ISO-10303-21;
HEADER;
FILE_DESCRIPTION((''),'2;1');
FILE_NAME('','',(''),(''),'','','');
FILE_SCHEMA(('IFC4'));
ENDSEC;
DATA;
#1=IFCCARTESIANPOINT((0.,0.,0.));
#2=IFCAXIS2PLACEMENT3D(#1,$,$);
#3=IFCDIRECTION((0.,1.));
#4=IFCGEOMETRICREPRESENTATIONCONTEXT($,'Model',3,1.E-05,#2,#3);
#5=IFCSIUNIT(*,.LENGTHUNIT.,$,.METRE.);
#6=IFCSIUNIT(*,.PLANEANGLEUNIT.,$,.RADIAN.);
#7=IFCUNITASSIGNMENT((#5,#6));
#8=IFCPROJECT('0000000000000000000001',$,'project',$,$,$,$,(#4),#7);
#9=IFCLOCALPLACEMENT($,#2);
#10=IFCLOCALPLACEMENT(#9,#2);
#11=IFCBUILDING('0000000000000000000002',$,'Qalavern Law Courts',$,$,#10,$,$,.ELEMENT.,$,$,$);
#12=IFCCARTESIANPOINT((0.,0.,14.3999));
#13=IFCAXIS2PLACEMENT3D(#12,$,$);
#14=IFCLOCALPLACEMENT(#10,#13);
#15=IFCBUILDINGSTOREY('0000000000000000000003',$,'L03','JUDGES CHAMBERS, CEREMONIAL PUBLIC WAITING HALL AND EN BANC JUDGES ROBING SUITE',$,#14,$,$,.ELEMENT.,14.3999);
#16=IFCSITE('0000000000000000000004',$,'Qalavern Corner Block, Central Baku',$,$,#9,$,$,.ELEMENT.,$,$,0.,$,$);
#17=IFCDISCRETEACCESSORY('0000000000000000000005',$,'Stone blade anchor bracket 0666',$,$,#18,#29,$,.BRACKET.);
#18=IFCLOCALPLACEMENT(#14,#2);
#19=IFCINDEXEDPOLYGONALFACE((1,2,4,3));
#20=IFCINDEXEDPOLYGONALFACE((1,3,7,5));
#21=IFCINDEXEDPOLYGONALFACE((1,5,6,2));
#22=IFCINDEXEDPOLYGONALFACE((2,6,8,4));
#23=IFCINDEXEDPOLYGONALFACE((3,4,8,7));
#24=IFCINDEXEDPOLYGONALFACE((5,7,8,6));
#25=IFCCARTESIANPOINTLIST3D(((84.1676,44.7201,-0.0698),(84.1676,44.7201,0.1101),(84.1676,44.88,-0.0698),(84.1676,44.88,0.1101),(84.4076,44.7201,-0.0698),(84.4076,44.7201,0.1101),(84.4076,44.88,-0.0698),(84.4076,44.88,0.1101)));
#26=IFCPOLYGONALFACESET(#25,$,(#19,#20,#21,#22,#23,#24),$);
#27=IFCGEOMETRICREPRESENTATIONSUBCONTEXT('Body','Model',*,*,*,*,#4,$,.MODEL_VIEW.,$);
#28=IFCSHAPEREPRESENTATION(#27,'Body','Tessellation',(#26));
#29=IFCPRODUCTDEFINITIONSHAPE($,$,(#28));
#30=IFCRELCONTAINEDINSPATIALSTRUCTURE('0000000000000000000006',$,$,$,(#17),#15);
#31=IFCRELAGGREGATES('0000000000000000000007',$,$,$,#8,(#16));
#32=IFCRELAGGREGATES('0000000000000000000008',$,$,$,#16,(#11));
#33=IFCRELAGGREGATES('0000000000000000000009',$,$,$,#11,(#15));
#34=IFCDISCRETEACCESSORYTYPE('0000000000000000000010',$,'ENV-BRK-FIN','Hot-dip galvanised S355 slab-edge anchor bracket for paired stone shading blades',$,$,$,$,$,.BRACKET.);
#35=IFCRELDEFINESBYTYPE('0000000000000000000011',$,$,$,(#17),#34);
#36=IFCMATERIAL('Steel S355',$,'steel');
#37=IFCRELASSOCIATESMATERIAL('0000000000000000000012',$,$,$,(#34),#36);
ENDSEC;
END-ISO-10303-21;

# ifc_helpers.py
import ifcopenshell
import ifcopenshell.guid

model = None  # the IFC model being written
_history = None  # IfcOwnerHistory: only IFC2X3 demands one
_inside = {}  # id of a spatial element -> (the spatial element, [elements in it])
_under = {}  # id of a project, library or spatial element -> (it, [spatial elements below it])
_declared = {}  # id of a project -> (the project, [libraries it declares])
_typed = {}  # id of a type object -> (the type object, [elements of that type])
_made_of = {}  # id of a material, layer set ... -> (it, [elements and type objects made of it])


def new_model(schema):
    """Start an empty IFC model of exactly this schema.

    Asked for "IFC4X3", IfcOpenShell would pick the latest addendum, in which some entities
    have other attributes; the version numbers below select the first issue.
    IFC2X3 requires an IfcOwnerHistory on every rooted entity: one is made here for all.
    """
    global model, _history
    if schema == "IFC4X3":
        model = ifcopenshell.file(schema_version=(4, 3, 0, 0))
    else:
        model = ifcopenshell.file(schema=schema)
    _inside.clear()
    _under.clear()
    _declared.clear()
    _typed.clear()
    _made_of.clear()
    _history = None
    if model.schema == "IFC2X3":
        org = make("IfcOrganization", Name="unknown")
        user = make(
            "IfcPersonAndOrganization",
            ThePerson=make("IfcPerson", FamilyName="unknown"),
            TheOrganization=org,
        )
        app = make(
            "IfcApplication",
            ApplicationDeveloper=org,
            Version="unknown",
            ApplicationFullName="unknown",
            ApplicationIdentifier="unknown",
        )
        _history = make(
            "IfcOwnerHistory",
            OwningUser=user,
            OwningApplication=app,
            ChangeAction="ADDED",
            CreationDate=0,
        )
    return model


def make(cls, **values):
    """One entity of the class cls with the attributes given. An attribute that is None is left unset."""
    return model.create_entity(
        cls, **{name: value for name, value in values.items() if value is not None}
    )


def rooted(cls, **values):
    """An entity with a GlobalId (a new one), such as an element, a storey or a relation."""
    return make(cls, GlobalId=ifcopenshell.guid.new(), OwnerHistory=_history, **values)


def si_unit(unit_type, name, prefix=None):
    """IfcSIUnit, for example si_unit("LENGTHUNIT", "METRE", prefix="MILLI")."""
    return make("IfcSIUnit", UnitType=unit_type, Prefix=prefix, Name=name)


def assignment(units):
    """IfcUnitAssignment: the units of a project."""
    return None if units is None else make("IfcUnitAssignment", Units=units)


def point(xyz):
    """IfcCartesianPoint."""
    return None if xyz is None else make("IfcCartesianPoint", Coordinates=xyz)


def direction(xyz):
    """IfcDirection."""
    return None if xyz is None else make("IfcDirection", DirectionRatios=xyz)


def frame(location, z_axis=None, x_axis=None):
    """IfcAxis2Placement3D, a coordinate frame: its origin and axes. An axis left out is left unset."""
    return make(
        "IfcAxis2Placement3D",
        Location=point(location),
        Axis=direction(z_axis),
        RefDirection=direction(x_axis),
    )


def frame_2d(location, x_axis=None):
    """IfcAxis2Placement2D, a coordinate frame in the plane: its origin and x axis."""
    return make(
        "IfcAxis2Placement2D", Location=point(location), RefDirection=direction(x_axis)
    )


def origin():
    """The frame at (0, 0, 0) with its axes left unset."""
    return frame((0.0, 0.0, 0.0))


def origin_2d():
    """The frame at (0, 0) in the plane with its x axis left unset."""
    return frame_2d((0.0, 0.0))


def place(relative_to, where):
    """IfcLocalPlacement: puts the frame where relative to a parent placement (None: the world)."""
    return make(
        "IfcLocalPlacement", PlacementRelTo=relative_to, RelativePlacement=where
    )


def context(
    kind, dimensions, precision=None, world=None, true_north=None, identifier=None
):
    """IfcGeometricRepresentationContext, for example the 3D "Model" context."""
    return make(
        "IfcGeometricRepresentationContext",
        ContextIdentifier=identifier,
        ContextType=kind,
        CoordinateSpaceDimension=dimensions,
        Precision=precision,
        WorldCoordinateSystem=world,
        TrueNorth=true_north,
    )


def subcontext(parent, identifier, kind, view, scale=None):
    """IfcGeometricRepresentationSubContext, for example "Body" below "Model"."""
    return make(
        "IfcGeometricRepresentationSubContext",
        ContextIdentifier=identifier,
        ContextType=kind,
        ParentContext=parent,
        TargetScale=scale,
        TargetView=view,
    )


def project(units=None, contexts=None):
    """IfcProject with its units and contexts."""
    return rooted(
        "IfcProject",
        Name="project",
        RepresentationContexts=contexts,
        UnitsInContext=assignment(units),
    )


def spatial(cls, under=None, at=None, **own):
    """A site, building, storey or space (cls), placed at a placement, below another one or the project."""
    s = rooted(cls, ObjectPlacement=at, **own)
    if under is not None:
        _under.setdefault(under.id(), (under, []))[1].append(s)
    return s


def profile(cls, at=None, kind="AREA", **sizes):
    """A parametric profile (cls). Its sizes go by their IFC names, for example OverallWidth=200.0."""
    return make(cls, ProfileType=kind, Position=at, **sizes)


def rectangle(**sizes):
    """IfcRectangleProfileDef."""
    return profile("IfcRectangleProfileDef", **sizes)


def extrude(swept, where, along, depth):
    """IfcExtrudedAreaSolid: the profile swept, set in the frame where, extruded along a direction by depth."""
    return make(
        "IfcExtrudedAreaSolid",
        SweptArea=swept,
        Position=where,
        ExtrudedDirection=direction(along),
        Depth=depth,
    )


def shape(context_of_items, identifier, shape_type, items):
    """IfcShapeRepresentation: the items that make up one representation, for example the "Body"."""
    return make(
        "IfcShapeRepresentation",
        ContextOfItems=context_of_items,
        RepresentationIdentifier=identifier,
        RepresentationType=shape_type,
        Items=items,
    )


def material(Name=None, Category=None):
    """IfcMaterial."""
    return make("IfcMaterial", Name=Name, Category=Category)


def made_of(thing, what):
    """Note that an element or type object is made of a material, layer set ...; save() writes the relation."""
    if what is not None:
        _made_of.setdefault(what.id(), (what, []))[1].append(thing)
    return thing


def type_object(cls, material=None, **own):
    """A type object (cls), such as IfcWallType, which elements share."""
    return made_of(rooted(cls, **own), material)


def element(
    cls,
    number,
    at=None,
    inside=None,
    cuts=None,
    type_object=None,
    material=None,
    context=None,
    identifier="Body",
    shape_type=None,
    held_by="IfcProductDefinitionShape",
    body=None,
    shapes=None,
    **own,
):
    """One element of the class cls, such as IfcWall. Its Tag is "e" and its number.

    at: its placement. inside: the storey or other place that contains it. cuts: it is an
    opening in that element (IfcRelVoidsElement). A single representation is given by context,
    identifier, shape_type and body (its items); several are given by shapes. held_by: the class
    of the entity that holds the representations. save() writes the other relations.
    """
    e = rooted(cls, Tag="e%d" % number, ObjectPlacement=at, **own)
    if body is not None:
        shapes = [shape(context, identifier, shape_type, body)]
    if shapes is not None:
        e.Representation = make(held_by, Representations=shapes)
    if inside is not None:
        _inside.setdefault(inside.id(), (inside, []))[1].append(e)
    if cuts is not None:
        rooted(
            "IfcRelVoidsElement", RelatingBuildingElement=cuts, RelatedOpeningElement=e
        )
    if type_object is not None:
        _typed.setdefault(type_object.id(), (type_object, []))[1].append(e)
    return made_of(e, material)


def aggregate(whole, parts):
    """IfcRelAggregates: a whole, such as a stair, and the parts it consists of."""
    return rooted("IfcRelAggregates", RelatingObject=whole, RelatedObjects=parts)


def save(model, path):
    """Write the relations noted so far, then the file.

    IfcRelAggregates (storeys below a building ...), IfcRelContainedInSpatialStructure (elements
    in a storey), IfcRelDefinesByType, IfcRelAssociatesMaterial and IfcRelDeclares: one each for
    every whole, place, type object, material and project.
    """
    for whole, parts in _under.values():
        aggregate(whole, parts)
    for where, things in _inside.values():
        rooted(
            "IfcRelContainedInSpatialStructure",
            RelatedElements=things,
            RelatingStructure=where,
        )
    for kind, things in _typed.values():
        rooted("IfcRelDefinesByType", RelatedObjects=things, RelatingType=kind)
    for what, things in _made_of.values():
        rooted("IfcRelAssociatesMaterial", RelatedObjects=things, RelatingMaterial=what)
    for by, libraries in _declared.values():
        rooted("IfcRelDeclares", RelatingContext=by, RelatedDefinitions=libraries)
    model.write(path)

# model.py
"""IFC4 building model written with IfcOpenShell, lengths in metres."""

from ifc_helpers import new_model, si_unit, direction, frame, origin, origin_2d, place, context, subcontext, project, spatial, rectangle, extrude, material, type_object, element, save


model = new_model("IFC4")

# Units and contexts
model_context = context("Model", 3, precision=1e-05, world=origin(), true_north=direction((0.0, 1.0)))
body_context = subcontext(model_context, "Body", "Model", "MODEL_VIEW")
ifc_project = project(units=[si_unit("LENGTHUNIT", "METRE"), si_unit("PLANEANGLEUNIT", "RADIAN")], contexts=[model_context])

# Site, building, storey
site_placement = place(None, origin())
site = spatial("IfcSite", under=ifc_project, at=site_placement, Name="Qalavern Corner Block, Central Baku", CompositionType="ELEMENT", RefElevation=0.0)
building_placement = place(site_placement, origin())
building = spatial("IfcBuilding", under=site, at=building_placement, Name="Qalavern Law Courts", CompositionType="ELEMENT")
storey_placement = place(building_placement, frame((0.0, 0.0, 14.3999)))
storey = spatial("IfcBuildingStorey", under=building, at=storey_placement, Name="L03", Description="JUDGES CHAMBERS, CEREMONIAL PUBLIC WAITING HALL AND EN BANC JUDGES ROBING SUITE", CompositionType="ELEMENT", Elevation=14.3999)

# Discrete accessory
ifc_material_1 = material(Name="Steel S355", Category="steel")
discrete_accessory_type = type_object("IfcDiscreteAccessoryType", Name="ENV-BRK-FIN", Description="Hot-dip galvanised S355 slab-edge anchor bracket for paired stone shading blades", PredefinedType="BRACKET", material=ifc_material_1)
for number, where, z_axis, x_axis, name in (
    (1, (84.2876, 44.8, -0.0698), (0.0, 0.0, 1.0), (-1.0, 0.0, 0.0), "Stone blade anchor bracket 0666"),
):
    element("IfcDiscreteAccessory", number, at=place(storey_placement, frame(where, z_axis=z_axis, x_axis=x_axis)), inside=storey, type_object=discrete_accessory_type, Name=name, PredefinedType="BRACKET", context=body_context, shape_type="SweptSolid", body=[
        extrude(rectangle(XDim=0.24, YDim=0.1599, at=origin_2d()), origin(), (0.0, 0.0, 1.0), 0.1799),
    ])

save(model, "model.ifc")
